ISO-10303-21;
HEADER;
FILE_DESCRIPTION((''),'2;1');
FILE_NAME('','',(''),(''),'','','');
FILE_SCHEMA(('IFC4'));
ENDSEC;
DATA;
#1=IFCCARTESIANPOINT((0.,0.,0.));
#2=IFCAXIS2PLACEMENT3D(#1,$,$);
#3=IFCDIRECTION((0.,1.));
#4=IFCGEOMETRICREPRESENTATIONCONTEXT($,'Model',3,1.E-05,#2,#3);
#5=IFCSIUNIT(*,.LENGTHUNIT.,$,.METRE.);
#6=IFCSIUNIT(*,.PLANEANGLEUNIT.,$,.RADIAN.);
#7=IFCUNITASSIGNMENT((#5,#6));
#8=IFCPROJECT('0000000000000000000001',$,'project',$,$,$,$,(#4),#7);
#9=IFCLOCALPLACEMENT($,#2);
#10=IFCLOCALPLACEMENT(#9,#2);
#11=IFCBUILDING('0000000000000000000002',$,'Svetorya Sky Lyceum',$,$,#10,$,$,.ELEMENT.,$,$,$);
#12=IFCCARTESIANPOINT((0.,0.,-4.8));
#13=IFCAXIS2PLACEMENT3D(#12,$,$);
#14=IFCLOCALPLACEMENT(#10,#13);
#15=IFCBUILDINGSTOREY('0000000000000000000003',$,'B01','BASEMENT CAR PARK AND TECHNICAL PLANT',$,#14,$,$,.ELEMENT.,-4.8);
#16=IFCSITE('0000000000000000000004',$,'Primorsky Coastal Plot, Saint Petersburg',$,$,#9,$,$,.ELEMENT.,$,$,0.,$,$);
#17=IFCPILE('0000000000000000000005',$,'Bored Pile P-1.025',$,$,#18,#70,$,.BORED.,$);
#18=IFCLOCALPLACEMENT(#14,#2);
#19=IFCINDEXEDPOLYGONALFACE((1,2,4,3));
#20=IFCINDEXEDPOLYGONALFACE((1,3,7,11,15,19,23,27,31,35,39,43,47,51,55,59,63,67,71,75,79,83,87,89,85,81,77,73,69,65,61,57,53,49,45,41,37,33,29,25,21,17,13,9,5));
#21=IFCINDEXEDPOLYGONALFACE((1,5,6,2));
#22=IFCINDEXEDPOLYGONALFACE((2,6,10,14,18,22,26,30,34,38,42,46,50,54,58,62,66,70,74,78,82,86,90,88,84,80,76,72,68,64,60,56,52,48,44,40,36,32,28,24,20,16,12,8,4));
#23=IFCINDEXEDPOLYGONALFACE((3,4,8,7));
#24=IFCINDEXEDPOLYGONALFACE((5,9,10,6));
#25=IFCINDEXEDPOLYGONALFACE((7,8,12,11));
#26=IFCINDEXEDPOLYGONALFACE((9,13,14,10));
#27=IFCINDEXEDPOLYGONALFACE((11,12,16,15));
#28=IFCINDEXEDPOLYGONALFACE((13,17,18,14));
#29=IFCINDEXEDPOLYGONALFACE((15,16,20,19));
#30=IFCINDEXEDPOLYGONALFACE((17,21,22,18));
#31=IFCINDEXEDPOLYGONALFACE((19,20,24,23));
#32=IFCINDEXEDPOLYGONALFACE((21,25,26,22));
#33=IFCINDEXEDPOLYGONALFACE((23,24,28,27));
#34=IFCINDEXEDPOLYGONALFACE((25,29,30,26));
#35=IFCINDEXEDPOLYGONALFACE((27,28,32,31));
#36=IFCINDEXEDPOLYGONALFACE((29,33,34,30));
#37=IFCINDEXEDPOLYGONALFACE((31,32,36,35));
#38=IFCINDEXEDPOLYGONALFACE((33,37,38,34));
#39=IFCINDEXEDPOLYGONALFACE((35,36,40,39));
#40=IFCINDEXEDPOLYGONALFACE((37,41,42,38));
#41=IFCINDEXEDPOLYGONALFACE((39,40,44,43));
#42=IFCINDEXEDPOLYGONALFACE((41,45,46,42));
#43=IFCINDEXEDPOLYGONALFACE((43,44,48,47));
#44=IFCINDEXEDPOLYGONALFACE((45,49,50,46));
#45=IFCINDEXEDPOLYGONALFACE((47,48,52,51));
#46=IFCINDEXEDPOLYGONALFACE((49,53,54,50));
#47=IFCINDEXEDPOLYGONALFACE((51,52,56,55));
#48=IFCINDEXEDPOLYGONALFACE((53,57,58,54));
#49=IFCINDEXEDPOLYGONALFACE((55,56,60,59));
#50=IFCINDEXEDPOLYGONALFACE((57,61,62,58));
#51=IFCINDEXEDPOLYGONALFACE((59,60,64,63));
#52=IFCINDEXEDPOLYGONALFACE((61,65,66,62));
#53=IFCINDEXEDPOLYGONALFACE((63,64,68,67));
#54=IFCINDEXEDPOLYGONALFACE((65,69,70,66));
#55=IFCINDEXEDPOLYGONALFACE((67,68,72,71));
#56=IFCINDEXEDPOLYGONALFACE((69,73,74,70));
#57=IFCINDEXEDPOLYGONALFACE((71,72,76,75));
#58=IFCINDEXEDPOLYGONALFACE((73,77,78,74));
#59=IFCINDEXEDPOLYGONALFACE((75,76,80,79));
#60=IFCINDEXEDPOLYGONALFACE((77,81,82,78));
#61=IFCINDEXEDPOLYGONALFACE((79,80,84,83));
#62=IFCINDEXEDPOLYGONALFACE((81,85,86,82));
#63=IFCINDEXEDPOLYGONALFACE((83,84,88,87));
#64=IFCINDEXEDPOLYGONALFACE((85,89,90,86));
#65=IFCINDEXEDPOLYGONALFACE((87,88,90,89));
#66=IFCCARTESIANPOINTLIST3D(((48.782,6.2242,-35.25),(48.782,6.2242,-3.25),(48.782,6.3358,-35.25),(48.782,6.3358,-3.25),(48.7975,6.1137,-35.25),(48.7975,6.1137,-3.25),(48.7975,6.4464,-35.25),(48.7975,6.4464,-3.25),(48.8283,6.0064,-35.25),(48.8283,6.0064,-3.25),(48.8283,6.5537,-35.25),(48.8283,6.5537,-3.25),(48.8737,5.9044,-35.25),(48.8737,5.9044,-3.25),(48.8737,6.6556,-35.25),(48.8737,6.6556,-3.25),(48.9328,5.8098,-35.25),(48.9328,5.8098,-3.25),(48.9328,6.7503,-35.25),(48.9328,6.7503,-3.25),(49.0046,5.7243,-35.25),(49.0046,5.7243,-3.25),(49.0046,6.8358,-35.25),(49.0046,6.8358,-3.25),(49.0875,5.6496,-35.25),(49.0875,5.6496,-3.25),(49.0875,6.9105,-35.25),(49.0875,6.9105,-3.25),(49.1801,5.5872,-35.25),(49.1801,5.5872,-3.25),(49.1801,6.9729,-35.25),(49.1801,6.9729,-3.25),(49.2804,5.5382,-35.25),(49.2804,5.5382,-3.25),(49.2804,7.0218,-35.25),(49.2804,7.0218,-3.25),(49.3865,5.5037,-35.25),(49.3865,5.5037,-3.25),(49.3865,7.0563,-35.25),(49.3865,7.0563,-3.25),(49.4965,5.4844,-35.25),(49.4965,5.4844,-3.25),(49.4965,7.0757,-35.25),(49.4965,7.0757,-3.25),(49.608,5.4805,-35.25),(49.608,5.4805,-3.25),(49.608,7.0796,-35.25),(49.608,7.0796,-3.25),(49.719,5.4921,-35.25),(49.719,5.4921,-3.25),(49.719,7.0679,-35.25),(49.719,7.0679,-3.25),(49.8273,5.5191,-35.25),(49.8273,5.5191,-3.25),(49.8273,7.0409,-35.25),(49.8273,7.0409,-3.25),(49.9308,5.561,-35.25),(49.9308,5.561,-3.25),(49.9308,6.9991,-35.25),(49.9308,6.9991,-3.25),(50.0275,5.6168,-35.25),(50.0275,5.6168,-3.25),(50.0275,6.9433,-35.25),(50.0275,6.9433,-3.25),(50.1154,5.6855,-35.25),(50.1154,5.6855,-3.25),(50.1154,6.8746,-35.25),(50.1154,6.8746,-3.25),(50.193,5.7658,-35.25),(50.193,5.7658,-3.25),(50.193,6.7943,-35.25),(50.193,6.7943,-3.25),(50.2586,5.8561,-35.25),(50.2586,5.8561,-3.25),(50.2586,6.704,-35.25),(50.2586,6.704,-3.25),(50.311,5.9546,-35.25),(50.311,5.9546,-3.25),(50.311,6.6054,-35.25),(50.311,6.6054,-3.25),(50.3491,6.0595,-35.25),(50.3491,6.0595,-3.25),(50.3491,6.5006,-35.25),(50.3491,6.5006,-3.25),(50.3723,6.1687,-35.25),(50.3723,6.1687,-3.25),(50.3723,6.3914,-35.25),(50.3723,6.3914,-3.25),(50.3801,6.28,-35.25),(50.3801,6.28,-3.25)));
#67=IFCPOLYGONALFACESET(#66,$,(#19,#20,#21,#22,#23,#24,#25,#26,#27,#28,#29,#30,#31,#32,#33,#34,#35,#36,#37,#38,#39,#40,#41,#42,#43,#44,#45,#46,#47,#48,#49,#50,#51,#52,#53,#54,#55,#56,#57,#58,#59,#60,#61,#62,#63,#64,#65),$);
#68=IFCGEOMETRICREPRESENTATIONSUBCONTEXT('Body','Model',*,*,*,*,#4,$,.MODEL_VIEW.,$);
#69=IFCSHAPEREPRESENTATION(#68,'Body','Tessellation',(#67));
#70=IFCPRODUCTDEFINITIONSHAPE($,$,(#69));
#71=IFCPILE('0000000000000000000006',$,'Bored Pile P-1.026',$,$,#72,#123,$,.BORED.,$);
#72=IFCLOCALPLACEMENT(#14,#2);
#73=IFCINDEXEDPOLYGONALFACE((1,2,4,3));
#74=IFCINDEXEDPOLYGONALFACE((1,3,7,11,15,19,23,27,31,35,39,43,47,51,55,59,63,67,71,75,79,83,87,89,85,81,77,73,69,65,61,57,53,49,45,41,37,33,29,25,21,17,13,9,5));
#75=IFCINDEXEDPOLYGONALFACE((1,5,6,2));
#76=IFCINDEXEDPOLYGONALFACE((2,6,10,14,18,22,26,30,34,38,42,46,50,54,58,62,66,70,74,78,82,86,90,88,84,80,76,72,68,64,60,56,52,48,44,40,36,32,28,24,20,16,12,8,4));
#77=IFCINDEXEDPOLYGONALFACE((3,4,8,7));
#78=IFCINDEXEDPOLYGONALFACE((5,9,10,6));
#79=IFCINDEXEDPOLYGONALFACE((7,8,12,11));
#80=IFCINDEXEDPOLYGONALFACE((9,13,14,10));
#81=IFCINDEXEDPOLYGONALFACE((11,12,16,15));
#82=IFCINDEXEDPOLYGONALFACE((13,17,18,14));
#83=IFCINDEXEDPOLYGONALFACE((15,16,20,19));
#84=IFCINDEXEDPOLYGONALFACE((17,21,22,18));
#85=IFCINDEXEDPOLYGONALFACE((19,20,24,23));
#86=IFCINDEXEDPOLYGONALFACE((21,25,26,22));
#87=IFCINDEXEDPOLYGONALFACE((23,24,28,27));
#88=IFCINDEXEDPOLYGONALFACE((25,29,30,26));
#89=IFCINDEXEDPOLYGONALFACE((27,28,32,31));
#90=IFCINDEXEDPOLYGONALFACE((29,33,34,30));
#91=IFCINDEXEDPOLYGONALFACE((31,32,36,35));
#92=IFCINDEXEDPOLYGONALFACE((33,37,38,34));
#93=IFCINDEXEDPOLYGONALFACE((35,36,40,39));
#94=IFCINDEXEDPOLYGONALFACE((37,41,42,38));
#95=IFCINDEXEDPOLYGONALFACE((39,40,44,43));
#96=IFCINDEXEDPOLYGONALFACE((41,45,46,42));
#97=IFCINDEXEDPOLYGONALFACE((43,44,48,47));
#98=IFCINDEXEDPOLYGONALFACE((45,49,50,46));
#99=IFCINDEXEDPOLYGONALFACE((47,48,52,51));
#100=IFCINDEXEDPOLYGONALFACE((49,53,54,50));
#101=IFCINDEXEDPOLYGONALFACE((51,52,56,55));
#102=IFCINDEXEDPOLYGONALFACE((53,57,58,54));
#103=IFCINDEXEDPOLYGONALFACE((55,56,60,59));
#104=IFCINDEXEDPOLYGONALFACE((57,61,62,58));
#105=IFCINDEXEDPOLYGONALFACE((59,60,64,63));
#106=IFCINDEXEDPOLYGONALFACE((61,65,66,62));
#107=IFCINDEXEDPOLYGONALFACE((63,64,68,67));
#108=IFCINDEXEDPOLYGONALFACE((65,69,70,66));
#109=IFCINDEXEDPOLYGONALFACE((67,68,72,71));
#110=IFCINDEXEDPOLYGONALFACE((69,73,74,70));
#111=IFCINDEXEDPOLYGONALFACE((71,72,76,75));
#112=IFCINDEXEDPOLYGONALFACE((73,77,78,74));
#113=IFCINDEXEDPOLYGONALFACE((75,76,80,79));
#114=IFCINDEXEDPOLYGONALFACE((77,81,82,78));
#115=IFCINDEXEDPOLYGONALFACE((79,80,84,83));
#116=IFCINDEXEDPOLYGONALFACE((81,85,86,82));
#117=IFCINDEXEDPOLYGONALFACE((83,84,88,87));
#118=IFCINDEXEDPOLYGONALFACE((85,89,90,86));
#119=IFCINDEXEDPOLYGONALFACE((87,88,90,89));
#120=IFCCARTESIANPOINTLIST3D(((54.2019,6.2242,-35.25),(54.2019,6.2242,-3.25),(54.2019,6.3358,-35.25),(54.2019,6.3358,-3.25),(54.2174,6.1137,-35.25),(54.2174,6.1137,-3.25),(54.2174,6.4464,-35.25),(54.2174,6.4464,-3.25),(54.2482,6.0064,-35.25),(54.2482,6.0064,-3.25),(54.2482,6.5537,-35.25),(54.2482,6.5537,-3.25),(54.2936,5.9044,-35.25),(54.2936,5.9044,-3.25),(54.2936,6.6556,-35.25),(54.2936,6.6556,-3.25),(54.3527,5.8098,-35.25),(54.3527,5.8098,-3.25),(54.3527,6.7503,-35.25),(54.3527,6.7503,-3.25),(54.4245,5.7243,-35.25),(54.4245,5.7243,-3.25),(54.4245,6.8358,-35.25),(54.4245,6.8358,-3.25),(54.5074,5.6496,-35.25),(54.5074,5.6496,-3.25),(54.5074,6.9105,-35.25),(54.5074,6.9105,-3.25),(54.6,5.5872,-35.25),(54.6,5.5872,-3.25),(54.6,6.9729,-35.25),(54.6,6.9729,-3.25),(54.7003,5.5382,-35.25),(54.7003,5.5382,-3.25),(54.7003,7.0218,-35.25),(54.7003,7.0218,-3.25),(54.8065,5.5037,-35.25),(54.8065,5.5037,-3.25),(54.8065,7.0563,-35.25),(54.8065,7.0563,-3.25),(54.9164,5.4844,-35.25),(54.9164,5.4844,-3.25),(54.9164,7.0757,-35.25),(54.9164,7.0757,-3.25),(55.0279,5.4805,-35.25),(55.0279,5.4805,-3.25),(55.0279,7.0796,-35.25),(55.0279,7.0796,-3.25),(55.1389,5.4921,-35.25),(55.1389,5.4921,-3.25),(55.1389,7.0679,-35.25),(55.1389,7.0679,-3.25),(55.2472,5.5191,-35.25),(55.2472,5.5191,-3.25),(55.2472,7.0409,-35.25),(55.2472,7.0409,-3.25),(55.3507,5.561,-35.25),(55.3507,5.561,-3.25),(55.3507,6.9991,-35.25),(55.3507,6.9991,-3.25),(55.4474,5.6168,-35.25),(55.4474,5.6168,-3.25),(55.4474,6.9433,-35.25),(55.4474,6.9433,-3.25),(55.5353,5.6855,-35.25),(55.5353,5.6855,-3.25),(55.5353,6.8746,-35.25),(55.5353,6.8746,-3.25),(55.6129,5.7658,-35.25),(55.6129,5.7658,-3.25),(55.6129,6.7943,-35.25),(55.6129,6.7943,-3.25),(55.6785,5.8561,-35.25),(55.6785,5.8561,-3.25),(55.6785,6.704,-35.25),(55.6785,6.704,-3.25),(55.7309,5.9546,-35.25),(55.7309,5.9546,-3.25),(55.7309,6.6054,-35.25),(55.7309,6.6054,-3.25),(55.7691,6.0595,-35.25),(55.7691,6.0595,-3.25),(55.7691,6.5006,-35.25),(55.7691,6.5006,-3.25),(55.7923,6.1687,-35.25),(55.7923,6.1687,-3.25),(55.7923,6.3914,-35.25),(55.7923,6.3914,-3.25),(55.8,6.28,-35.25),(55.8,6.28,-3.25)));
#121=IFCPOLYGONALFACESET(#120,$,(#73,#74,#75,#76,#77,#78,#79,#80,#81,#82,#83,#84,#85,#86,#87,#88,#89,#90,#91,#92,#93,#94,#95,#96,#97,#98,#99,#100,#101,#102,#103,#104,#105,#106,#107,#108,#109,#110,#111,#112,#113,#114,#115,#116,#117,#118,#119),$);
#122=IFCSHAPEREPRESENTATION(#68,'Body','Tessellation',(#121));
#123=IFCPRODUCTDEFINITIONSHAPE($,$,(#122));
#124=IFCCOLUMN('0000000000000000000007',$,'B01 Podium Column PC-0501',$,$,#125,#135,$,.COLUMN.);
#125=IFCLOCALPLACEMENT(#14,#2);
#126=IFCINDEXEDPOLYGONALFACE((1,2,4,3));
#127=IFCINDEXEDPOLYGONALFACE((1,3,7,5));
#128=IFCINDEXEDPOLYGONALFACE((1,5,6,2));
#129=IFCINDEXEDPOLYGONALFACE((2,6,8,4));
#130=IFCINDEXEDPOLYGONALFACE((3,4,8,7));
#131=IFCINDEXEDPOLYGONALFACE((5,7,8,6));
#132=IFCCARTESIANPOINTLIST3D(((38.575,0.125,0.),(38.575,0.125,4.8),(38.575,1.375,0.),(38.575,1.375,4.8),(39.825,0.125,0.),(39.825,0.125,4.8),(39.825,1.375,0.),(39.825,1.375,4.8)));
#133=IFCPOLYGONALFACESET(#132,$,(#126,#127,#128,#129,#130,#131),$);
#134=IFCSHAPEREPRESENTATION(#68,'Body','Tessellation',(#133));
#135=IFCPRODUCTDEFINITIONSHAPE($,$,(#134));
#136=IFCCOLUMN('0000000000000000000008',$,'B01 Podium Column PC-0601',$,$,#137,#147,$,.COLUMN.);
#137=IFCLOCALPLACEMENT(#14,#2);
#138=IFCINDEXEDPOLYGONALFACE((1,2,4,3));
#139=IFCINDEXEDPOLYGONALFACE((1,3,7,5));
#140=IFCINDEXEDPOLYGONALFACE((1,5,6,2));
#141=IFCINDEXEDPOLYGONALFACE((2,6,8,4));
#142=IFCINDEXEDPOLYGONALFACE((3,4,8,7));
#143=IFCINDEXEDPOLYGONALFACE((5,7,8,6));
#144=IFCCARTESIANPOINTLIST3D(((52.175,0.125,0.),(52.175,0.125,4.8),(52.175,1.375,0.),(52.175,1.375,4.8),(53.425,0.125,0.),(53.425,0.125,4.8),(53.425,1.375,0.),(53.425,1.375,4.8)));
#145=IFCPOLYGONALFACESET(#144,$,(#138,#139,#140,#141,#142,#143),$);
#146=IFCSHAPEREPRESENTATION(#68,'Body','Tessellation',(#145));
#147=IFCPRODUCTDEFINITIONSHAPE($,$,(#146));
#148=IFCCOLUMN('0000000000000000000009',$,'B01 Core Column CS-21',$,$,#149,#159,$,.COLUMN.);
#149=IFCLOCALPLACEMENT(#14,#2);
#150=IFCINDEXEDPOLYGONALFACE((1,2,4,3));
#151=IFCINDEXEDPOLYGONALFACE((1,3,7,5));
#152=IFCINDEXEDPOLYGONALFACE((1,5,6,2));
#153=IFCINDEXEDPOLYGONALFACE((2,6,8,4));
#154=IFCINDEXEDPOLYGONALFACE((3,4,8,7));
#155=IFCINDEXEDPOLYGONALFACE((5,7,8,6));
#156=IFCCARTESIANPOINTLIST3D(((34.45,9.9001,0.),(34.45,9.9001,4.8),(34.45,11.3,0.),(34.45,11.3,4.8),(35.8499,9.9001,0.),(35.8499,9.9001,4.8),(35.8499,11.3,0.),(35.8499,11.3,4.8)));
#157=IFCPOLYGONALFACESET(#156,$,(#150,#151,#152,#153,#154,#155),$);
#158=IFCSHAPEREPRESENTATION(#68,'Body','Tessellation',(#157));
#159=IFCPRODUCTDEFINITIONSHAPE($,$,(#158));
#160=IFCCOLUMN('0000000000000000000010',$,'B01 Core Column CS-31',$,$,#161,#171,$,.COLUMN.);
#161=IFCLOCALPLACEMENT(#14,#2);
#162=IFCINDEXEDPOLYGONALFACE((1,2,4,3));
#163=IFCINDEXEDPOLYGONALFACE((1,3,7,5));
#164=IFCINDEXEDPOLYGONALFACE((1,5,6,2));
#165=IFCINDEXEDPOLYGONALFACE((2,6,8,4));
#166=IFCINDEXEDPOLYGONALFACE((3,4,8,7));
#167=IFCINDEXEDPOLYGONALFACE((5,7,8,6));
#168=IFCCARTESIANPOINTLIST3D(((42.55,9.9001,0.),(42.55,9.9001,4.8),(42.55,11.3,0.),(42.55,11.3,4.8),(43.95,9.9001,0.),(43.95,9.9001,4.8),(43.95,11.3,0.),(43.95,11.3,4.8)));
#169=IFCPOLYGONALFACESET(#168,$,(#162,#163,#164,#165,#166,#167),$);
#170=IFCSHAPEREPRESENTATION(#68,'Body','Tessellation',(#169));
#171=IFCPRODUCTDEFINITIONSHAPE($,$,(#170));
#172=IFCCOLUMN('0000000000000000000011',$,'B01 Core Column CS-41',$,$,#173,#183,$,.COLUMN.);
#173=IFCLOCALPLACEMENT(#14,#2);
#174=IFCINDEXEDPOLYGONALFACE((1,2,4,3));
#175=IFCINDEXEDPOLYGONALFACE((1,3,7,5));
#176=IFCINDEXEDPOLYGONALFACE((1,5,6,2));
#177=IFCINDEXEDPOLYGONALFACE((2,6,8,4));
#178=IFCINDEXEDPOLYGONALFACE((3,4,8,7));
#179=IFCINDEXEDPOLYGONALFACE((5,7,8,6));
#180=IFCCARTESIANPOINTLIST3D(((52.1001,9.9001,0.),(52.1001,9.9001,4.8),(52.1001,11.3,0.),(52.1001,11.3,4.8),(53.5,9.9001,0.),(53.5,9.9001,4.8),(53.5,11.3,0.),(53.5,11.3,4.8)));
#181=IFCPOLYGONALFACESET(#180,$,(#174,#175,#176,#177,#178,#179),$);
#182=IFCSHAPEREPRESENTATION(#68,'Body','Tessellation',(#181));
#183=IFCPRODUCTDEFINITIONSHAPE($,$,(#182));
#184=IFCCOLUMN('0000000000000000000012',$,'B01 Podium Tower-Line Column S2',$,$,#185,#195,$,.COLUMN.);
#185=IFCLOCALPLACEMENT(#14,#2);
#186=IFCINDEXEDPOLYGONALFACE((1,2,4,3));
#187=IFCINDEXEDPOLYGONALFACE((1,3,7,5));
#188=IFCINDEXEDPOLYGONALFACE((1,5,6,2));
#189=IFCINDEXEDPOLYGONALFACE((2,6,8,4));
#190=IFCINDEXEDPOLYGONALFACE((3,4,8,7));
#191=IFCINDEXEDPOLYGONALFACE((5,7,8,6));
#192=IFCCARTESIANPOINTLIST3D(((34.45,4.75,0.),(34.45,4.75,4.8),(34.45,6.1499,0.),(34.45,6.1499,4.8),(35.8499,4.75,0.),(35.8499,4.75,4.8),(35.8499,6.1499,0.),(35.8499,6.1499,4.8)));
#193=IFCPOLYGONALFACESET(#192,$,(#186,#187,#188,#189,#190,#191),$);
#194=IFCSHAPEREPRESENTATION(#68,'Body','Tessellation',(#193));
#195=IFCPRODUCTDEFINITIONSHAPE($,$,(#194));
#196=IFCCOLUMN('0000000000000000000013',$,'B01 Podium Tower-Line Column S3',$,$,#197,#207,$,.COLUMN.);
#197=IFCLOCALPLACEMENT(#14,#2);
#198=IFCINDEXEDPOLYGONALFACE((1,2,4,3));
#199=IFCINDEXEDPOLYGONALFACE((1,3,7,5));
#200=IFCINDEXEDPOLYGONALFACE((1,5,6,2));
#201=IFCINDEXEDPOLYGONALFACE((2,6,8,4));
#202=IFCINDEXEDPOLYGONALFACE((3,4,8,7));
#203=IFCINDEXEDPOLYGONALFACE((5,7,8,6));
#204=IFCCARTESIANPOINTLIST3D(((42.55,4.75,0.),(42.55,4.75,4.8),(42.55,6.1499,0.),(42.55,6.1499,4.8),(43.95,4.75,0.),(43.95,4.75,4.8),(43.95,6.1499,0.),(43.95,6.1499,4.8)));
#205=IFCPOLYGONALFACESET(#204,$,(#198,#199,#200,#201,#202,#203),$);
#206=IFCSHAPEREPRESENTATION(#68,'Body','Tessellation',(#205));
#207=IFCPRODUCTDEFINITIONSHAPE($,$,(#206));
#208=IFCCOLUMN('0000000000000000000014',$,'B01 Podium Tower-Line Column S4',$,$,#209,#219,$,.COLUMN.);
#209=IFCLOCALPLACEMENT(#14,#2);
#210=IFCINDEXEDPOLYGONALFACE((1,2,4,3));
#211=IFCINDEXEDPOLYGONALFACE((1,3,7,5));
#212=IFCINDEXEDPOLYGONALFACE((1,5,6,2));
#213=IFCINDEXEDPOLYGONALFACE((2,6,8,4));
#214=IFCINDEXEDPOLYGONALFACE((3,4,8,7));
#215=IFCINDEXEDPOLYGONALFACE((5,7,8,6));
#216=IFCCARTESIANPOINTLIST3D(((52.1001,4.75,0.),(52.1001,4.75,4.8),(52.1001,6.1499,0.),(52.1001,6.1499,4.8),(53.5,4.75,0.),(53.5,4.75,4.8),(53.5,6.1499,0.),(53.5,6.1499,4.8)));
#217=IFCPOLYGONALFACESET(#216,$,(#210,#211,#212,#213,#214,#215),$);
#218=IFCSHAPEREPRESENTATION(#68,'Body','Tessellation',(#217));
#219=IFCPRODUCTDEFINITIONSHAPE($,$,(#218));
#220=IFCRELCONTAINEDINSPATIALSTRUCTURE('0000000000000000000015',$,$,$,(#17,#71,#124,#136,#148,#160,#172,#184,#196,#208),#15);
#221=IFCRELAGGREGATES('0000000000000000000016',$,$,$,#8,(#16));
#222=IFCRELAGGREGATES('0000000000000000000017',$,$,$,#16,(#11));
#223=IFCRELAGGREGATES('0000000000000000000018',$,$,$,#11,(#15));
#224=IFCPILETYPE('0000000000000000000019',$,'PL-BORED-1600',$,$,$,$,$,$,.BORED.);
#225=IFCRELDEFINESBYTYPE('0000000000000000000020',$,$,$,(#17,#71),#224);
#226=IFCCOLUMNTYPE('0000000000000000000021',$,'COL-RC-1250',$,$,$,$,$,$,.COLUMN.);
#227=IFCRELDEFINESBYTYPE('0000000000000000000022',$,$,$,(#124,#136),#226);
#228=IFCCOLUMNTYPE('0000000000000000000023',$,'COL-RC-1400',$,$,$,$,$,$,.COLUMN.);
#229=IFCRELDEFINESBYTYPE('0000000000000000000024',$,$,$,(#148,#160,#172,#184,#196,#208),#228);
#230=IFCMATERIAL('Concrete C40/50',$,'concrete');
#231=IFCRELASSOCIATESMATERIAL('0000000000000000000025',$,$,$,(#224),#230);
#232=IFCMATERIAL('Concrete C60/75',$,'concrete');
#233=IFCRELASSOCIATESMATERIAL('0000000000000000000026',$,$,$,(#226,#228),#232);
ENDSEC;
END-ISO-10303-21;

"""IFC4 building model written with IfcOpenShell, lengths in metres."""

from ifc_helpers import new_model, si_unit, direction, frame, origin, origin_2d, place, context, subcontext, project, spatial, rectangle, circle, extrude, material, material_profile, profile_set, type_object, element, save


model = new_model("IFC4")

# Units and contexts
model_context = context("Model", 3, precision=1e-05, world=origin(), true_north=direction((0.0, 1.0)))
body_context = subcontext(model_context, "Body", "Model", "MODEL_VIEW")
ifc_project = project(units=[si_unit("LENGTHUNIT", "METRE"), si_unit("PLANEANGLEUNIT", "RADIAN")], contexts=[model_context])

# Site, building, storey
site_placement = place(None, origin())
site = spatial("IfcSite", under=ifc_project, at=site_placement, Name="Primorsky Coastal Plot, Saint Petersburg", CompositionType="ELEMENT", RefElevation=0.0)
building_placement = place(site_placement, origin())
building = spatial("IfcBuilding", under=site, at=building_placement, Name="Svetorya Sky Lyceum", CompositionType="ELEMENT")
storey_placement = place(building_placement, frame((0.0, 0.0, -4.8)))
storey = spatial("IfcBuildingStorey", under=building, at=storey_placement, Name="B01", Description="BASEMENT CAR PARK AND TECHNICAL PLANT", CompositionType="ELEMENT", Elevation=-4.8)

# Piles
ifc_material_1 = material(Name="Concrete C40/50", Category="concrete")
ifc_material_profile_1 = material_profile(ifc_material_1, circle(Radius=0.8, at=origin_2d()), Name="RC PILE D1600")
ifc_profile_set_1 = profile_set([ifc_material_profile_1], Name="Concrete C40/50")
pile_type = type_object("IfcPileType", Name="PL-BORED-1600", PredefinedType="BORED", material=ifc_profile_set_1)
for number, where, z_axis, x_axis, name in (
    (1, (49.5801, 6.28, -3.25), (0.0, 0.0, -1.0), (1.0, 0.0, 0.0), "Bored Pile P-1.025"),
    (2, (55.0, 6.28, -3.25), (0.0, 0.0, -1.0), (1.0, 0.0, 0.0), "Bored Pile P-1.026"),
):
    element("IfcPile", number, at=place(storey_placement, frame(where, z_axis=z_axis, x_axis=x_axis)), inside=storey, type_object=pile_type, Name=name, PredefinedType="BORED", context=body_context, shape_type="SweptSolid", body=[
        extrude(circle(Radius=0.8, at=origin_2d()), origin(), (0.0, 0.0, 1.0), 32.0),
    ])

# Columns
ifc_material_2 = material(Name="Concrete C60/75", Category="concrete")
ifc_material_profile_2 = material_profile(ifc_material_2, rectangle(XDim=1.25, YDim=1.25, at=origin_2d()), Name="RC COL 1250x1250")
ifc_profile_set_2 = profile_set([ifc_material_profile_2], Name="Concrete C60/75")
column_type_1 = type_object("IfcColumnType", Name="COL-RC-1250", PredefinedType="COLUMN", material=ifc_profile_set_2)
for number, where, z_axis, x_axis, name in (
    (3, (39.2, 0.75, 0.0), (0.0, 0.0, 1.0), (1.0, 0.0, 0.0), "B01 Podium Column PC-0501"),
    (4, (52.8, 0.75, 0.0), (0.0, 0.0, 1.0), (1.0, 0.0, 0.0), "B01 Podium Column PC-0601"),
):
    element("IfcColumn", number, at=place(storey_placement, frame(where, z_axis=z_axis, x_axis=x_axis)), inside=storey, type_object=column_type_1, Name=name, PredefinedType="COLUMN", context=body_context, shape_type="SweptSolid", body=[
        extrude(rectangle(XDim=1.25, YDim=1.25, at=origin_2d()), origin(), (0.0, 0.0, 1.0), 4.8),
    ])
ifc_material_profile_3 = material_profile(ifc_material_2, rectangle(XDim=1.3999, YDim=1.3999, at=origin_2d()), Name="RC COL 1400x1400")
ifc_profile_set_3 = profile_set([ifc_material_profile_3], Name="Concrete C60/75")
column_type_2 = type_object("IfcColumnType", Name="COL-RC-1400", PredefinedType="COLUMN", material=ifc_profile_set_3)
for number, where, z_axis, x_axis, name in (
    (5, (35.1499, 10.6001, 0.0), (0.0, 0.0, 1.0), (1.0, 0.0, 0.0), "B01 Core Column CS-21"),
    (6, (43.25, 10.6001, 0.0), (0.0, 0.0, 1.0), (1.0, 0.0, 0.0), "B01 Core Column CS-31"),
    (7, (52.8, 10.6001, 0.0), (0.0, 0.0, 1.0), (1.0, 0.0, 0.0), "B01 Core Column CS-41"),
    (8, (35.1499, 5.45, 0.0), (0.0, 0.0, 1.0), (1.0, 0.0, 0.0), "B01 Podium Tower-Line Column S2"),
    (9, (43.25, 5.45, 0.0), (0.0, 0.0, 1.0), (1.0, 0.0, 0.0), "B01 Podium Tower-Line Column S3"),
    (10, (52.8, 5.45, 0.0), (0.0, 0.0, 1.0), (1.0, 0.0, 0.0), "B01 Podium Tower-Line Column S4"),
):
    element("IfcColumn", number, at=place(storey_placement, frame(where, z_axis=z_axis, x_axis=x_axis)), inside=storey, type_object=column_type_2, Name=name, PredefinedType="COLUMN", context=body_context, shape_type="SweptSolid", body=[
        extrude(rectangle(XDim=1.3999, YDim=1.3999, at=origin_2d()), origin(), (0.0, 0.0, 1.0), 4.8),
    ])

save(model, "model.ifc")
